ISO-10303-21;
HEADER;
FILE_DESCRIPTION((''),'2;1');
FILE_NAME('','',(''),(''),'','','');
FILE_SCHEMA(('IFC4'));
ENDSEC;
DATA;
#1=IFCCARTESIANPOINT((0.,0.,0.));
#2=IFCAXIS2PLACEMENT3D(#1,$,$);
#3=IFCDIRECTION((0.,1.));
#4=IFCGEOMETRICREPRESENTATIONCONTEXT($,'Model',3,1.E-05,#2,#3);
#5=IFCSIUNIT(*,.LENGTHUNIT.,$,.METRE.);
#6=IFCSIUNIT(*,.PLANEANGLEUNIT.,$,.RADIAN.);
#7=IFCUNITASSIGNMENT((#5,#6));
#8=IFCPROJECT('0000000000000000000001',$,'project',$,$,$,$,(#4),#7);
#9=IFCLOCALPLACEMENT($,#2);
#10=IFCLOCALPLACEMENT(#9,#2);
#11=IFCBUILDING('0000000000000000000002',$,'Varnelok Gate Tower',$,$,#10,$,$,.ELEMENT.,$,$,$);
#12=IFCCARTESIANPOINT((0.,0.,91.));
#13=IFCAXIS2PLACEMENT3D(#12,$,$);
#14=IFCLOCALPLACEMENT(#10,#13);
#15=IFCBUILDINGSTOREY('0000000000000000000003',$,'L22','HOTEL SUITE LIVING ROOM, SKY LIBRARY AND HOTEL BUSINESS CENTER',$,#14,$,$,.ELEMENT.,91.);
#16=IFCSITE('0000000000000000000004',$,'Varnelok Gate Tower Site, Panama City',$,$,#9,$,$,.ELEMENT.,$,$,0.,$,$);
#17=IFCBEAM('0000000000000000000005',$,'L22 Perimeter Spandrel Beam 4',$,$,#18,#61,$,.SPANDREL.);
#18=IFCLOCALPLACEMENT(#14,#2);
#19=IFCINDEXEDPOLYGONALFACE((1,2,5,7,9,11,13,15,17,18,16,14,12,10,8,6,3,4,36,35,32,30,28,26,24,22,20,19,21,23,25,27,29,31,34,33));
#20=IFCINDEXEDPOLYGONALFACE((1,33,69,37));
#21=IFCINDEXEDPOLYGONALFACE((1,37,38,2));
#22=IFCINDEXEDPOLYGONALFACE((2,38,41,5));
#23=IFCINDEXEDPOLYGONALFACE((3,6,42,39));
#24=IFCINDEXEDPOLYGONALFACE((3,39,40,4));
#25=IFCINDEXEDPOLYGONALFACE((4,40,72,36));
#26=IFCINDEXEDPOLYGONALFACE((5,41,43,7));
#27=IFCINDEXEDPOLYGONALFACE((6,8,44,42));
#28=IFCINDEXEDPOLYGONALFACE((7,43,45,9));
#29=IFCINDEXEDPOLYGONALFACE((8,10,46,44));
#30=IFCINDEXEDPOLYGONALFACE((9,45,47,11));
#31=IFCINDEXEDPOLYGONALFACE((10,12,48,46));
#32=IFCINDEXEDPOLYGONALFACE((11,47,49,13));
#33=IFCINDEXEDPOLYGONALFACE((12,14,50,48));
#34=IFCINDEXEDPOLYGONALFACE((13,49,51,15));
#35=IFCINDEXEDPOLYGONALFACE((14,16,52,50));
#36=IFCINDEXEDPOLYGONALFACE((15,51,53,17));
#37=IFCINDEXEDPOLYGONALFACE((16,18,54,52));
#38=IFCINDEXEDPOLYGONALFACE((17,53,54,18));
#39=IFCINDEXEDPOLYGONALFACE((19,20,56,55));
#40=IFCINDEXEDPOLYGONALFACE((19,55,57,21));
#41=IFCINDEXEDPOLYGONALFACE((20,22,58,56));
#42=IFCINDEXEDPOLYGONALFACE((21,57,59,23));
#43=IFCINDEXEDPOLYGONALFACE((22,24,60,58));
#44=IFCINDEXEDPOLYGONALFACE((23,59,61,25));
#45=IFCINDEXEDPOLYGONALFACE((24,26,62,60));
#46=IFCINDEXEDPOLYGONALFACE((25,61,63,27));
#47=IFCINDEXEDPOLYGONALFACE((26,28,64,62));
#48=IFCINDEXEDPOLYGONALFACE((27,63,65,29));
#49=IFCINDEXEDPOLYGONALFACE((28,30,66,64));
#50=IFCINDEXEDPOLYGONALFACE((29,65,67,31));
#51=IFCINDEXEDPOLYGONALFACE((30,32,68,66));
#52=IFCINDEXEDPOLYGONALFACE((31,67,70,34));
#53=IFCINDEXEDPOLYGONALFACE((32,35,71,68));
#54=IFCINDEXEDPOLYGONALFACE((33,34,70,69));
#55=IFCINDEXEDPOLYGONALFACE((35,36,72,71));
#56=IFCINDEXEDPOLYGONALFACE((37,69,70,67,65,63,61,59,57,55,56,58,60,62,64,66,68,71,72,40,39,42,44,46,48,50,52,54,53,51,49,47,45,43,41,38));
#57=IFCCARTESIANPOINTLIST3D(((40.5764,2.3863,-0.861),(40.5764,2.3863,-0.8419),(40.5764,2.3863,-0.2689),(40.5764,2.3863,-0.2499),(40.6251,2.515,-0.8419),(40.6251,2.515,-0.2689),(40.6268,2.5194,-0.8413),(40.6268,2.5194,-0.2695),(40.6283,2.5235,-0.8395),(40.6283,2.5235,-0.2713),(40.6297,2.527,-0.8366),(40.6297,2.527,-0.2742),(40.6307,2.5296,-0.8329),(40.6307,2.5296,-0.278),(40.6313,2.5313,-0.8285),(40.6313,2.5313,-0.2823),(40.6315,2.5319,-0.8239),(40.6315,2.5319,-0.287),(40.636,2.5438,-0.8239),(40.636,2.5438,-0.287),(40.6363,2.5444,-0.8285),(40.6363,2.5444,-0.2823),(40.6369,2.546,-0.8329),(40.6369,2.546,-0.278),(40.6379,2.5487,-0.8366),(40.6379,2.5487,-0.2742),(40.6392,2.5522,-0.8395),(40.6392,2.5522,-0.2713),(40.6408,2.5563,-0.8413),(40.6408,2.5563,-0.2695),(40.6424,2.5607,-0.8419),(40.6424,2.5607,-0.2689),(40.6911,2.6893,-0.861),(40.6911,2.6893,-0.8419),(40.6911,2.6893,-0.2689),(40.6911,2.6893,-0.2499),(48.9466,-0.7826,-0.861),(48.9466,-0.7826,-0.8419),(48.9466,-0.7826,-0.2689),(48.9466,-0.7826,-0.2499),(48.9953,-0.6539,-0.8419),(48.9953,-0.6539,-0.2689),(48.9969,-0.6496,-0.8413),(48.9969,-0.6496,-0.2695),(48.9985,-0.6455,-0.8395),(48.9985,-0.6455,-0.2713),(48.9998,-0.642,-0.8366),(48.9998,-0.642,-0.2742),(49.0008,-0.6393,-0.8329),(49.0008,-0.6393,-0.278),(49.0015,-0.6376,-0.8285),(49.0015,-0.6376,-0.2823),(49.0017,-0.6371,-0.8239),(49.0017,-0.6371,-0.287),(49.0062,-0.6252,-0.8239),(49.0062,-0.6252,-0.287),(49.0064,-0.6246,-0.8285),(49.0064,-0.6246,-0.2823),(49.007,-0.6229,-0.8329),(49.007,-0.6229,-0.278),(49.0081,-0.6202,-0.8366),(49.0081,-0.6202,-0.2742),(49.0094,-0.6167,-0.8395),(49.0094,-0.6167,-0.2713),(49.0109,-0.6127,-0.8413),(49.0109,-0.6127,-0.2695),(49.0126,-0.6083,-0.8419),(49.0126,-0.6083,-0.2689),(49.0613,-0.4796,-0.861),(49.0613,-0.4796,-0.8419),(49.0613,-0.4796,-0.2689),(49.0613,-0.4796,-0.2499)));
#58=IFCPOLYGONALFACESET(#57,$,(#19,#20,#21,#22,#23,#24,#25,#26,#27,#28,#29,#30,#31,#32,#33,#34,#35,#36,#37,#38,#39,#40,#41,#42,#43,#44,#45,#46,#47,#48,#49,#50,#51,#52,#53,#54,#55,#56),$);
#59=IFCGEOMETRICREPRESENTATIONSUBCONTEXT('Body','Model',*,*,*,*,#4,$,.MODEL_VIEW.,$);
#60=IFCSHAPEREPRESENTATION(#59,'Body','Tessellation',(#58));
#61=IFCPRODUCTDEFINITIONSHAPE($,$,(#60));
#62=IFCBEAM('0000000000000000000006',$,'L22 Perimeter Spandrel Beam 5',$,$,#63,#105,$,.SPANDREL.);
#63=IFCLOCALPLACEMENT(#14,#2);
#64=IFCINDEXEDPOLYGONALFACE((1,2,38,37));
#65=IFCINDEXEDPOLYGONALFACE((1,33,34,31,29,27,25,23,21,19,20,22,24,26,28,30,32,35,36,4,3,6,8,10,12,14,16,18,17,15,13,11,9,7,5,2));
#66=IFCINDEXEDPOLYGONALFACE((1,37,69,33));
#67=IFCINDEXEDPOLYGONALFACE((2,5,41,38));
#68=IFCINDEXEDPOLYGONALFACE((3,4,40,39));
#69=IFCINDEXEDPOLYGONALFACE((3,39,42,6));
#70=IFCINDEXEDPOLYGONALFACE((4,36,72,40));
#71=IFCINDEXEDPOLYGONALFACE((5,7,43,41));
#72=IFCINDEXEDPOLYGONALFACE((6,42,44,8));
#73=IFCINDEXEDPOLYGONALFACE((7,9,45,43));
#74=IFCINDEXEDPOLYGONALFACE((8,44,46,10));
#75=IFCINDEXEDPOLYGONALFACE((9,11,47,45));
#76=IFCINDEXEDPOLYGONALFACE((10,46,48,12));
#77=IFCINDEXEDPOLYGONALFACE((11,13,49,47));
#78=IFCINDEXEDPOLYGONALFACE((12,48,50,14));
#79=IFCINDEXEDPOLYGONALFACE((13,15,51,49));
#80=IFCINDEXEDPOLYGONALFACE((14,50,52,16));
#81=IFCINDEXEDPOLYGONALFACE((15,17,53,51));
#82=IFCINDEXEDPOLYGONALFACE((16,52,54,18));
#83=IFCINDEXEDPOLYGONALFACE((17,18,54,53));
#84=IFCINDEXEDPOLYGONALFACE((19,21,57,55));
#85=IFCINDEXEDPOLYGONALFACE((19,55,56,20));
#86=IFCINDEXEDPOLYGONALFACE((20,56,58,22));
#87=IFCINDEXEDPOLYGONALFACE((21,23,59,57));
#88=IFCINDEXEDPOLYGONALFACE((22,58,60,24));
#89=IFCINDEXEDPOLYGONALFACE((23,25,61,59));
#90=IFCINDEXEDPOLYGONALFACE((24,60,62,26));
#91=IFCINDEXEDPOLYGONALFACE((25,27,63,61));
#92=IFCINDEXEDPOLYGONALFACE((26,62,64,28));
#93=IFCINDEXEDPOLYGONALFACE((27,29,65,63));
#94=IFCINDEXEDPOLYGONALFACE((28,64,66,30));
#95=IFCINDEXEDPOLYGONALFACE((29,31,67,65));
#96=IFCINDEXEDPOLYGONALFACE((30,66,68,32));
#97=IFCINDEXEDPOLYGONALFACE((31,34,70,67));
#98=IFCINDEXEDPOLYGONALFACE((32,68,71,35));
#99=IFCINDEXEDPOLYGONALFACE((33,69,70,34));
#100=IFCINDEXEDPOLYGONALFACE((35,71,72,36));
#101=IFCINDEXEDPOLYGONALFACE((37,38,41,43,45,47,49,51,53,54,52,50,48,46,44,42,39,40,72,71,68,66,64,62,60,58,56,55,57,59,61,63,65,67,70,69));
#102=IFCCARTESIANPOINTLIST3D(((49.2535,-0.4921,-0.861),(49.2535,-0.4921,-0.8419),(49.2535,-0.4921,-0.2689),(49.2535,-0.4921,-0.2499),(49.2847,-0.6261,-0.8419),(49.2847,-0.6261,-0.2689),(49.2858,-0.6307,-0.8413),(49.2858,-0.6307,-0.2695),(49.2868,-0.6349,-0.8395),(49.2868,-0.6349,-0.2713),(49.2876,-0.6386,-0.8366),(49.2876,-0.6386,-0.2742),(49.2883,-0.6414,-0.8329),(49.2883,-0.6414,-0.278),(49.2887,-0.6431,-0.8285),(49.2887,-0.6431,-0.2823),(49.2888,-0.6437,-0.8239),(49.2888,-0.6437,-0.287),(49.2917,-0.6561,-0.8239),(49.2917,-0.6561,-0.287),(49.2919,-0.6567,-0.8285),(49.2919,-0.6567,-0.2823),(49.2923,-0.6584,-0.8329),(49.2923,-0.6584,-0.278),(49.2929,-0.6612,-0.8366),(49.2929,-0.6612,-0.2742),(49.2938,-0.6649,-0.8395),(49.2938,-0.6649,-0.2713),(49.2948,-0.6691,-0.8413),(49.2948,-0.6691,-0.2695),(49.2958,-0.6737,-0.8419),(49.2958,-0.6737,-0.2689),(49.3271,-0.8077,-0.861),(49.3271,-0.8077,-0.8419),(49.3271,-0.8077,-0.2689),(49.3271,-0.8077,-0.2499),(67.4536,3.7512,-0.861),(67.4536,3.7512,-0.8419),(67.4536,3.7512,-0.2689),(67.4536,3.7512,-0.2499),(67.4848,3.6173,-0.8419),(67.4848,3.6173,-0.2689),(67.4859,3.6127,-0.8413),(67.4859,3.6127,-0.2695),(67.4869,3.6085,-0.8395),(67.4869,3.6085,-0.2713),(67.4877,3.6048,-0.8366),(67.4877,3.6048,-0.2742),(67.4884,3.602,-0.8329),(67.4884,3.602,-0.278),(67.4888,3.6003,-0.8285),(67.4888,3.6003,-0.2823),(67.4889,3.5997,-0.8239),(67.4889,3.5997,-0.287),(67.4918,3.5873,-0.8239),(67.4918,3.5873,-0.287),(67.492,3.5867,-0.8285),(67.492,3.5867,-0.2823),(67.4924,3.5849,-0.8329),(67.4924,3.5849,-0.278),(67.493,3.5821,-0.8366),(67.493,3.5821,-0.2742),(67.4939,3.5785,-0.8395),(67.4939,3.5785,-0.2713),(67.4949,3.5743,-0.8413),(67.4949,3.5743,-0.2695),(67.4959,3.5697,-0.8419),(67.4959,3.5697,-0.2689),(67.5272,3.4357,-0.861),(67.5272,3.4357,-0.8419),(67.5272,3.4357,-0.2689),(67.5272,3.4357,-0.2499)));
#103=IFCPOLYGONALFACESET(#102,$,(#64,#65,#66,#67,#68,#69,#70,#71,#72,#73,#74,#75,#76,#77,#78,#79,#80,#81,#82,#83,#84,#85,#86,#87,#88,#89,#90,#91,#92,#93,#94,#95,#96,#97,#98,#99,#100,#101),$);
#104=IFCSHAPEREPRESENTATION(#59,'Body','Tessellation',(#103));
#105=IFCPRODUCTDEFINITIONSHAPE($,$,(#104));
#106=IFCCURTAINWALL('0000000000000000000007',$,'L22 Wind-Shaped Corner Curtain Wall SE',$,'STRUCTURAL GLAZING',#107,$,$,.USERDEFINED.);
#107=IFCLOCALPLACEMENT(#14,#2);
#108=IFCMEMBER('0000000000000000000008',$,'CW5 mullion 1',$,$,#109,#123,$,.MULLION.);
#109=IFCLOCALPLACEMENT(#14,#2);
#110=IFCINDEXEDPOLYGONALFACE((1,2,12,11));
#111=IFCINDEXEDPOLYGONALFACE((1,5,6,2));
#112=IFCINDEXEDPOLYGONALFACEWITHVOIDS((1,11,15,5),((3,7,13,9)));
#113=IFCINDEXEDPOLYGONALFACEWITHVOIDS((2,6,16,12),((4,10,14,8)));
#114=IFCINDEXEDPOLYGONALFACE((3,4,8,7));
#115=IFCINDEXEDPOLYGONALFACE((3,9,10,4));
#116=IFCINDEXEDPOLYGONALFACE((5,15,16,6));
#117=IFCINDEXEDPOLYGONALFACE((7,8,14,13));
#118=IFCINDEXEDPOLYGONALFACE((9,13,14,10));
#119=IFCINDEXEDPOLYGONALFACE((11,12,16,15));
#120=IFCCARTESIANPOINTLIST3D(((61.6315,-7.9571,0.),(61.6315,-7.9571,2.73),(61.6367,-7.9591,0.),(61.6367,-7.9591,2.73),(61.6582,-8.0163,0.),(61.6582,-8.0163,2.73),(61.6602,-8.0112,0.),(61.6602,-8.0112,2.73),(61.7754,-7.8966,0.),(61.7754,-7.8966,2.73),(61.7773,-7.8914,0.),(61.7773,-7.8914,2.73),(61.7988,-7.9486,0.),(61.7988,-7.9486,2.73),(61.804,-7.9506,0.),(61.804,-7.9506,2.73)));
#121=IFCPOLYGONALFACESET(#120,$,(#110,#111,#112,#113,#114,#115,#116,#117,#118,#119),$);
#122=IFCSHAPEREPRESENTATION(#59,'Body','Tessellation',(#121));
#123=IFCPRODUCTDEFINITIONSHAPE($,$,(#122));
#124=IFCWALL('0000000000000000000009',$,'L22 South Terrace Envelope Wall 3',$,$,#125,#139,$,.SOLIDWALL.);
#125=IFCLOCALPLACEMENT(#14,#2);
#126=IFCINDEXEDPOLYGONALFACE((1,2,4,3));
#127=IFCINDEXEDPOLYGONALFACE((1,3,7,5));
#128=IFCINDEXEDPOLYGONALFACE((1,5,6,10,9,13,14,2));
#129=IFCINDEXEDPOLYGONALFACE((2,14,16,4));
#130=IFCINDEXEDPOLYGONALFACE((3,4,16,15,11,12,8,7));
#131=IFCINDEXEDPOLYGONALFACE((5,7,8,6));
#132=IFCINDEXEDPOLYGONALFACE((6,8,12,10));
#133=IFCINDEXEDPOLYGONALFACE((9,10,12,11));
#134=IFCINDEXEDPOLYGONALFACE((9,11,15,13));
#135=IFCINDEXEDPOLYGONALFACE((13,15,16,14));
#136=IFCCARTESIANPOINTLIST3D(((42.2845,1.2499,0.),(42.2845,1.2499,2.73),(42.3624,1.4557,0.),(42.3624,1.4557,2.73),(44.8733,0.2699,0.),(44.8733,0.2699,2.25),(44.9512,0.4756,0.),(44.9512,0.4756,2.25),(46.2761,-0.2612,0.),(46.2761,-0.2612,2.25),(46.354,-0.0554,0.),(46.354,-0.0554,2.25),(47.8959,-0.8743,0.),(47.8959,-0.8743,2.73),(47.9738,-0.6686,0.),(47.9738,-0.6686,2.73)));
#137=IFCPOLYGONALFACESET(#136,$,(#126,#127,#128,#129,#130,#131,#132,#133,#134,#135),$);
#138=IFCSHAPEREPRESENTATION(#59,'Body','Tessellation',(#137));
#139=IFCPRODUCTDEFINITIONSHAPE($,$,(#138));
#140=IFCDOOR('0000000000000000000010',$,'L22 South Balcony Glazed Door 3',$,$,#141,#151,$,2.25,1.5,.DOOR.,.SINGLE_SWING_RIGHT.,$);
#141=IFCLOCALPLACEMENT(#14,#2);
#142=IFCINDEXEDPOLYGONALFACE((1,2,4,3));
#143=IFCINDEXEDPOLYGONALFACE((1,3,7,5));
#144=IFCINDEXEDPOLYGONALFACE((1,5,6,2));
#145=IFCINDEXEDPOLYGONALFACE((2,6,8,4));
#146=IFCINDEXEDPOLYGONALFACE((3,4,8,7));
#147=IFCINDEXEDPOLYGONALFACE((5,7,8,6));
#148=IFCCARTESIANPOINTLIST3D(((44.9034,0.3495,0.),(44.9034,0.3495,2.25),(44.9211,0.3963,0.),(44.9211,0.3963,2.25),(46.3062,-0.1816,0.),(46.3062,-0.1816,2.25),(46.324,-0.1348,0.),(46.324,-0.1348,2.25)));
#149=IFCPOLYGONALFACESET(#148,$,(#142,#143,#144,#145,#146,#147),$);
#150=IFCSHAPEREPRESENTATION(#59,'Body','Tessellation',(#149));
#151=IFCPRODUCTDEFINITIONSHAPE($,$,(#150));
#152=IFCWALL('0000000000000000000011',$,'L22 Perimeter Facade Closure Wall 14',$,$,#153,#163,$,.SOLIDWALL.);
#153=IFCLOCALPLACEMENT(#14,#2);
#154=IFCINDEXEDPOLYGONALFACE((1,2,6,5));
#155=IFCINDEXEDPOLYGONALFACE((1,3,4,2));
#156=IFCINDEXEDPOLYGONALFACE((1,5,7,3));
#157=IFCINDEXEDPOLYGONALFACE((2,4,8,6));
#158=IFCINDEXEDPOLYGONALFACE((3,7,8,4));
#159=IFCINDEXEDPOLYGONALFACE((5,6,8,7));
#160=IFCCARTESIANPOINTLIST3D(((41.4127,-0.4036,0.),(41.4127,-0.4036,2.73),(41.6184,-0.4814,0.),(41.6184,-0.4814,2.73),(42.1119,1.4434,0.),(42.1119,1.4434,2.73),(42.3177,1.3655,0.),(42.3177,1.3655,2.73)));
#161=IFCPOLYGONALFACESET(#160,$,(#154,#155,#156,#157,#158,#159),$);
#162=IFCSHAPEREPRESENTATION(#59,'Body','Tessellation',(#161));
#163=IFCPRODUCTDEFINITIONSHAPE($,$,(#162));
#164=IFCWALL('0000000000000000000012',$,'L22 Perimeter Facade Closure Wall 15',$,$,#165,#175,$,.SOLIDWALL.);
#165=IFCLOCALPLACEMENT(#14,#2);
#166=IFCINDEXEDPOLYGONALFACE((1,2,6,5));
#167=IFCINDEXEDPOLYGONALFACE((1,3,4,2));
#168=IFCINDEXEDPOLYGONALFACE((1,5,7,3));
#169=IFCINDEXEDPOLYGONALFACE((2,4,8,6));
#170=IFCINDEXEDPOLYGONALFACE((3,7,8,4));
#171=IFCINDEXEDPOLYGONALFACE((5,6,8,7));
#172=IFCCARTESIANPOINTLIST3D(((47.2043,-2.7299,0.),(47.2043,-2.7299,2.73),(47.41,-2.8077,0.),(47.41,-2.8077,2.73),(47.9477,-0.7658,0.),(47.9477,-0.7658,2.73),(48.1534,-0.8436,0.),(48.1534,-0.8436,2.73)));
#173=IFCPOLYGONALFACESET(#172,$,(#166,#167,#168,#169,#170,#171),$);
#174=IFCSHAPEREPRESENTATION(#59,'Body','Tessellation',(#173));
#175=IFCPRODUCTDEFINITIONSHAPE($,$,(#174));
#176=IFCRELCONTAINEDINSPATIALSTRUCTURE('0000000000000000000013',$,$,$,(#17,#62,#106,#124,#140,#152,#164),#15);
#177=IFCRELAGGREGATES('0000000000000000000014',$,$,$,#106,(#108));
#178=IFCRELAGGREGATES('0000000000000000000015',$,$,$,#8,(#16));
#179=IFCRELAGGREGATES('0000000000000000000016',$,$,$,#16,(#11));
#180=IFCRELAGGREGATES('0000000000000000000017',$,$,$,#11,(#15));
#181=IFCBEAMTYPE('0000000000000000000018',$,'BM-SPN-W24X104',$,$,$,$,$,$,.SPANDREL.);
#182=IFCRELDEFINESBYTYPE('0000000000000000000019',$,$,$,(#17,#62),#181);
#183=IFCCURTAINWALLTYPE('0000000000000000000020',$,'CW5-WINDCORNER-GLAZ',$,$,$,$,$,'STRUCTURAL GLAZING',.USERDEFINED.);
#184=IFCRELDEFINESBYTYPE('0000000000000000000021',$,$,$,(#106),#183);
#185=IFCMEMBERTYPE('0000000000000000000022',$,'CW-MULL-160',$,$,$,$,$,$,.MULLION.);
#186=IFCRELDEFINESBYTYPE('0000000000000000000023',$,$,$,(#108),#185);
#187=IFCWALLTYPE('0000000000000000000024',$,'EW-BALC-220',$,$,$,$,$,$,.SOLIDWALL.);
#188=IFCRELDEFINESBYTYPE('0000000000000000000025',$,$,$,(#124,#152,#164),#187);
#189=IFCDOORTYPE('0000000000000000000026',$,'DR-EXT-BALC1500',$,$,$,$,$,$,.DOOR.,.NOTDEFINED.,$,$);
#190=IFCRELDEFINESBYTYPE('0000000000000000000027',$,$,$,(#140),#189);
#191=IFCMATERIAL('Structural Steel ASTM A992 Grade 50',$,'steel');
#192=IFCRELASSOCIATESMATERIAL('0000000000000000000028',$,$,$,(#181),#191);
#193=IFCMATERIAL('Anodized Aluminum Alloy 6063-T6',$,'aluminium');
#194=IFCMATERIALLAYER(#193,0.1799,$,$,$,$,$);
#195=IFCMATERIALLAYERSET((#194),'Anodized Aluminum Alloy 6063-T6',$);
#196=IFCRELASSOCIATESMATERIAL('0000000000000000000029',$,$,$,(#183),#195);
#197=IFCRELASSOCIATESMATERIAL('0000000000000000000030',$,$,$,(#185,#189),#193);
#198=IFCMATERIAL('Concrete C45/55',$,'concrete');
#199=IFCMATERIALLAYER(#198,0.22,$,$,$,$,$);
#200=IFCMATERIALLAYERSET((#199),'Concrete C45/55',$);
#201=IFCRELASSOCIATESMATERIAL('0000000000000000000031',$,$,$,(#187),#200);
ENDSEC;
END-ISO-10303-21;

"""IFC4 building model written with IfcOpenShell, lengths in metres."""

from ifc_helpers import new_model, si_unit, direction, frame, frame_2d, origin, origin_2d, place, context, subcontext, project, spatial, rectangle, hollow_rectangle, i_section, extrude, material, layer, layer_set, material_profile, profile_set, type_object, element, fill, aggregate, save


model = new_model("IFC4")

# Units and contexts
model_context = context("Model", 3, precision=1e-05, world=origin(), true_north=direction((0.0, 1.0)))
body_context = subcontext(model_context, "Body", "Model", "MODEL_VIEW")
ifc_project = project(units=[si_unit("LENGTHUNIT", "METRE"), si_unit("PLANEANGLEUNIT", "RADIAN")], contexts=[model_context])

# Site, building, storey
site_placement = place(None, origin())
site = spatial("IfcSite", under=ifc_project, at=site_placement, Name="Varnelok Gate Tower Site, Panama City", CompositionType="ELEMENT", RefElevation=0.0)
building_placement = place(site_placement, origin())
building = spatial("IfcBuilding", under=site, at=building_placement, Name="Varnelok Gate Tower", CompositionType="ELEMENT")
storey_placement = place(building_placement, frame((0.0, 0.0, 91.0)))
storey = spatial("IfcBuildingStorey", under=building, at=storey_placement, Name="L22", Description="HOTEL SUITE LIVING ROOM, SKY LIBRARY AND HOTEL BUSINESS CENTER", CompositionType="ELEMENT", Elevation=91.0)

# Shared definitions
ifc_material_1 = material(Name="Structural Steel ASTM A992 Grade 50", Category="steel")

# Beams
ifc_material_profile_1 = material_profile(ifc_material_1, i_section(OverallWidth=0.324, OverallDepth=0.6111, WebThickness=0.0127, FlangeThickness=0.019, FilletRadius=0.0181, at=origin_2d()), Name="W24X104")
ifc_profile_set_1 = profile_set([ifc_material_profile_1], Name="Structural Steel ASTM A992 Grade 50")
beam_type_1 = type_object("IfcBeamType", Name="BM-SPN-W24X104", PredefinedType="SPANDREL", material=ifc_profile_set_1)
beam_1_placement = place(storey_placement, frame((40.6338, 2.5378, -0.5554), z_axis=(0.935217, -0.354075, 0.0), x_axis=(0.354075, 0.935217, 0.0)))
element("IfcBeam", 1, at=beam_1_placement, inside=storey, type_object=beam_type_1, Name="L22 Perimeter Spandrel Beam 4", PredefinedType="SPANDREL", context=body_context, shape_type="SweptSolid", body=[
    extrude(i_section(OverallWidth=0.324, OverallDepth=0.6111, WebThickness=0.0127, FlangeThickness=0.019, FilletRadius=0.0181, at=origin_2d()), origin(), (0.0, 0.0, 1.0), 8.95),
])
beam_2_placement = place(storey_placement, frame((49.2903, -0.6499, -0.5554), z_axis=(0.97388, 0.227062, 0.0), x_axis=(-0.227062, 0.97388, 0.0)))
element("IfcBeam", 2, at=beam_2_placement, inside=storey, type_object=beam_type_1, Name="L22 Perimeter Spandrel Beam 5", PredefinedType="SPANDREL", context=body_context, shape_type="SweptSolid", body=[
    extrude(i_section(OverallWidth=0.324, OverallDepth=0.6111, WebThickness=0.0127, FlangeThickness=0.019, FilletRadius=0.0181, at=origin_2d()), origin(), (0.0, 0.0, 1.0), 18.6882),
])

# Curtain wall, member
ifc_material_2 = material(Name="Anodized Aluminum Alloy 6063-T6", Category="aluminium")
ifc_layer_1 = layer(ifc_material_2, 0.1799)
ifc_layer_set_1 = layer_set([ifc_layer_1], Name="Anodized Aluminum Alloy 6063-T6")
curtain_wall_type = type_object("IfcCurtainWallType", Name="CW5-WINDCORNER-GLAZ", ElementType="STRUCTURAL GLAZING", PredefinedType="USERDEFINED", material=ifc_layer_set_1)
curtain_wall_placement = place(storey_placement, origin())
curtain_wall = element("IfcCurtainWall", 3, at=curtain_wall_placement, inside=storey, type_object=curtain_wall_type, Name="L22 Wind-Shaped Corner Curtain Wall SE", ObjectType="STRUCTURAL GLAZING", PredefinedType="USERDEFINED")
ifc_material_profile_2 = material_profile(ifc_material_2, hollow_rectangle(XDim=0.0649, YDim=0.1599, WallThickness=0.0039, at=origin_2d()), Name="ALU160X65X4")
ifc_profile_set_2 = profile_set([ifc_material_profile_2], Name="Anodized Aluminum Alloy 6063-T6")
member_type = type_object("IfcMemberType", Name="CW-MULL-160", PredefinedType="MULLION", material=ifc_profile_set_2)
member_placement = place(storey_placement, frame((61.7178, -7.9539, 0.0), z_axis=(0.0, 0.0, 1.0), x_axis=(-0.410944, 0.911661, 0.0)))
member = element("IfcMember", 4, at=member_placement, type_object=member_type, Name="CW5 mullion 1", PredefinedType="MULLION", context=body_context, shape_type="SweptSolid", body=[
    extrude(hollow_rectangle(XDim=0.0649, YDim=0.1599, WallThickness=0.0039, at=origin_2d()), origin(), (0.0, 0.0, 1.0), 2.73),
])
aggregate(curtain_wall, [member])

# Wall, opening, door
ifc_material_3 = material(Name="Concrete C45/55", Category="concrete")
ifc_layer_2 = layer(ifc_material_3, 0.22)
ifc_layer_set_2 = layer_set([ifc_layer_2], Name="Concrete C45/55")
wall_type_1 = type_object("IfcWallType", Name="EW-BALC-220", PredefinedType="SOLIDWALL", material=ifc_layer_set_2)
wall_1_placement = place(storey_placement, frame((47.9348, -0.7715, 0.0), z_axis=(0.0, 0.0, 1.0), x_axis=(-0.935228, 0.354047, 0.0)))
wall_1 = element("IfcWall", 5, at=wall_1_placement, inside=storey, type_object=wall_type_1, Name="L22 South Terrace Envelope Wall 3", PredefinedType="SOLIDWALL", context=body_context, shape_type="SweptSolid", body=[
    extrude(rectangle(XDim=6.0, YDim=0.22, at=frame_2d((3.0, 0.0))), origin(), (0.0, 0.0, 1.0), 2.73),
])
opening_1_placement = place(wall_1_placement, frame((1.7319, 0.0, 0.0)))
opening_1 = element("IfcOpeningElement", 6, at=opening_1_placement, cuts=wall_1, PredefinedType="OPENING", context=body_context, shape_type="SweptSolid", body=[
    extrude(rectangle(XDim=1.5, YDim=2.25, at=frame_2d((0.75, 1.125))), frame((0.0, 0.1199, 0.0), z_axis=(0.0, -1.0, 0.0), x_axis=(1.0, 0.0, 0.0)), (0.0, 0.0, 1.0), 0.24),
])
door_type_1 = type_object("IfcDoorType", Name="DR-EXT-BALC1500", OperationType="NOTDEFINED", PredefinedType="DOOR", material=ifc_material_2)
door_1_placement = place(opening_1_placement, origin())
door_1 = element("IfcDoor", 7, at=door_1_placement, inside=storey, type_object=door_type_1, Name="L22 South Balcony Glazed Door 3", OperationType="SINGLE_SWING_RIGHT", OverallHeight=2.25, OverallWidth=1.5, PredefinedType="DOOR", context=body_context, shape_type="SweptSolid", body=[
    extrude(rectangle(XDim=1.5, YDim=2.25, at=frame_2d((0.75, 1.125))), frame((0.0, 0.0249, 0.0), z_axis=(0.0, -1.0, 0.0), x_axis=(1.0, 0.0, 0.0)), (0.0, 0.0, 1.0), 0.05),
])
fill(opening_1, door_1)

# Walls
wall_2_placement = place(storey_placement, frame((41.5156, -0.4424, 0.0), z_axis=(0.0, 0.0, 1.0), x_axis=(0.354062, 0.935222, 0.0)))
element("IfcWall", 8, at=wall_2_placement, inside=storey, type_object=wall_type_1, Name="L22 Perimeter Facade Closure Wall 14", PredefinedType="SOLIDWALL", context=body_context, shape_type="SweptSolid", body=[
    extrude(rectangle(XDim=1.9749, YDim=0.22, at=frame_2d((0.9873, 0.0))), origin(), (0.0, 0.0, 1.0), 2.73),
])
wall_3_placement = place(storey_placement, frame((48.0505, -0.8047, 0.0), z_axis=(0.0, 0.0, 1.0), x_axis=(-0.353988, -0.93525, 0.0)))
element("IfcWall", 9, at=wall_3_placement, inside=storey, type_object=wall_type_1, Name="L22 Perimeter Facade Closure Wall 15", PredefinedType="SOLIDWALL", context=body_context, shape_type="SweptSolid", body=[
    extrude(rectangle(XDim=2.1001, YDim=0.22, at=frame_2d((1.05, 0.0))), origin(), (0.0, 0.0, 1.0), 2.73),
])

save(model, "model.ifc")
